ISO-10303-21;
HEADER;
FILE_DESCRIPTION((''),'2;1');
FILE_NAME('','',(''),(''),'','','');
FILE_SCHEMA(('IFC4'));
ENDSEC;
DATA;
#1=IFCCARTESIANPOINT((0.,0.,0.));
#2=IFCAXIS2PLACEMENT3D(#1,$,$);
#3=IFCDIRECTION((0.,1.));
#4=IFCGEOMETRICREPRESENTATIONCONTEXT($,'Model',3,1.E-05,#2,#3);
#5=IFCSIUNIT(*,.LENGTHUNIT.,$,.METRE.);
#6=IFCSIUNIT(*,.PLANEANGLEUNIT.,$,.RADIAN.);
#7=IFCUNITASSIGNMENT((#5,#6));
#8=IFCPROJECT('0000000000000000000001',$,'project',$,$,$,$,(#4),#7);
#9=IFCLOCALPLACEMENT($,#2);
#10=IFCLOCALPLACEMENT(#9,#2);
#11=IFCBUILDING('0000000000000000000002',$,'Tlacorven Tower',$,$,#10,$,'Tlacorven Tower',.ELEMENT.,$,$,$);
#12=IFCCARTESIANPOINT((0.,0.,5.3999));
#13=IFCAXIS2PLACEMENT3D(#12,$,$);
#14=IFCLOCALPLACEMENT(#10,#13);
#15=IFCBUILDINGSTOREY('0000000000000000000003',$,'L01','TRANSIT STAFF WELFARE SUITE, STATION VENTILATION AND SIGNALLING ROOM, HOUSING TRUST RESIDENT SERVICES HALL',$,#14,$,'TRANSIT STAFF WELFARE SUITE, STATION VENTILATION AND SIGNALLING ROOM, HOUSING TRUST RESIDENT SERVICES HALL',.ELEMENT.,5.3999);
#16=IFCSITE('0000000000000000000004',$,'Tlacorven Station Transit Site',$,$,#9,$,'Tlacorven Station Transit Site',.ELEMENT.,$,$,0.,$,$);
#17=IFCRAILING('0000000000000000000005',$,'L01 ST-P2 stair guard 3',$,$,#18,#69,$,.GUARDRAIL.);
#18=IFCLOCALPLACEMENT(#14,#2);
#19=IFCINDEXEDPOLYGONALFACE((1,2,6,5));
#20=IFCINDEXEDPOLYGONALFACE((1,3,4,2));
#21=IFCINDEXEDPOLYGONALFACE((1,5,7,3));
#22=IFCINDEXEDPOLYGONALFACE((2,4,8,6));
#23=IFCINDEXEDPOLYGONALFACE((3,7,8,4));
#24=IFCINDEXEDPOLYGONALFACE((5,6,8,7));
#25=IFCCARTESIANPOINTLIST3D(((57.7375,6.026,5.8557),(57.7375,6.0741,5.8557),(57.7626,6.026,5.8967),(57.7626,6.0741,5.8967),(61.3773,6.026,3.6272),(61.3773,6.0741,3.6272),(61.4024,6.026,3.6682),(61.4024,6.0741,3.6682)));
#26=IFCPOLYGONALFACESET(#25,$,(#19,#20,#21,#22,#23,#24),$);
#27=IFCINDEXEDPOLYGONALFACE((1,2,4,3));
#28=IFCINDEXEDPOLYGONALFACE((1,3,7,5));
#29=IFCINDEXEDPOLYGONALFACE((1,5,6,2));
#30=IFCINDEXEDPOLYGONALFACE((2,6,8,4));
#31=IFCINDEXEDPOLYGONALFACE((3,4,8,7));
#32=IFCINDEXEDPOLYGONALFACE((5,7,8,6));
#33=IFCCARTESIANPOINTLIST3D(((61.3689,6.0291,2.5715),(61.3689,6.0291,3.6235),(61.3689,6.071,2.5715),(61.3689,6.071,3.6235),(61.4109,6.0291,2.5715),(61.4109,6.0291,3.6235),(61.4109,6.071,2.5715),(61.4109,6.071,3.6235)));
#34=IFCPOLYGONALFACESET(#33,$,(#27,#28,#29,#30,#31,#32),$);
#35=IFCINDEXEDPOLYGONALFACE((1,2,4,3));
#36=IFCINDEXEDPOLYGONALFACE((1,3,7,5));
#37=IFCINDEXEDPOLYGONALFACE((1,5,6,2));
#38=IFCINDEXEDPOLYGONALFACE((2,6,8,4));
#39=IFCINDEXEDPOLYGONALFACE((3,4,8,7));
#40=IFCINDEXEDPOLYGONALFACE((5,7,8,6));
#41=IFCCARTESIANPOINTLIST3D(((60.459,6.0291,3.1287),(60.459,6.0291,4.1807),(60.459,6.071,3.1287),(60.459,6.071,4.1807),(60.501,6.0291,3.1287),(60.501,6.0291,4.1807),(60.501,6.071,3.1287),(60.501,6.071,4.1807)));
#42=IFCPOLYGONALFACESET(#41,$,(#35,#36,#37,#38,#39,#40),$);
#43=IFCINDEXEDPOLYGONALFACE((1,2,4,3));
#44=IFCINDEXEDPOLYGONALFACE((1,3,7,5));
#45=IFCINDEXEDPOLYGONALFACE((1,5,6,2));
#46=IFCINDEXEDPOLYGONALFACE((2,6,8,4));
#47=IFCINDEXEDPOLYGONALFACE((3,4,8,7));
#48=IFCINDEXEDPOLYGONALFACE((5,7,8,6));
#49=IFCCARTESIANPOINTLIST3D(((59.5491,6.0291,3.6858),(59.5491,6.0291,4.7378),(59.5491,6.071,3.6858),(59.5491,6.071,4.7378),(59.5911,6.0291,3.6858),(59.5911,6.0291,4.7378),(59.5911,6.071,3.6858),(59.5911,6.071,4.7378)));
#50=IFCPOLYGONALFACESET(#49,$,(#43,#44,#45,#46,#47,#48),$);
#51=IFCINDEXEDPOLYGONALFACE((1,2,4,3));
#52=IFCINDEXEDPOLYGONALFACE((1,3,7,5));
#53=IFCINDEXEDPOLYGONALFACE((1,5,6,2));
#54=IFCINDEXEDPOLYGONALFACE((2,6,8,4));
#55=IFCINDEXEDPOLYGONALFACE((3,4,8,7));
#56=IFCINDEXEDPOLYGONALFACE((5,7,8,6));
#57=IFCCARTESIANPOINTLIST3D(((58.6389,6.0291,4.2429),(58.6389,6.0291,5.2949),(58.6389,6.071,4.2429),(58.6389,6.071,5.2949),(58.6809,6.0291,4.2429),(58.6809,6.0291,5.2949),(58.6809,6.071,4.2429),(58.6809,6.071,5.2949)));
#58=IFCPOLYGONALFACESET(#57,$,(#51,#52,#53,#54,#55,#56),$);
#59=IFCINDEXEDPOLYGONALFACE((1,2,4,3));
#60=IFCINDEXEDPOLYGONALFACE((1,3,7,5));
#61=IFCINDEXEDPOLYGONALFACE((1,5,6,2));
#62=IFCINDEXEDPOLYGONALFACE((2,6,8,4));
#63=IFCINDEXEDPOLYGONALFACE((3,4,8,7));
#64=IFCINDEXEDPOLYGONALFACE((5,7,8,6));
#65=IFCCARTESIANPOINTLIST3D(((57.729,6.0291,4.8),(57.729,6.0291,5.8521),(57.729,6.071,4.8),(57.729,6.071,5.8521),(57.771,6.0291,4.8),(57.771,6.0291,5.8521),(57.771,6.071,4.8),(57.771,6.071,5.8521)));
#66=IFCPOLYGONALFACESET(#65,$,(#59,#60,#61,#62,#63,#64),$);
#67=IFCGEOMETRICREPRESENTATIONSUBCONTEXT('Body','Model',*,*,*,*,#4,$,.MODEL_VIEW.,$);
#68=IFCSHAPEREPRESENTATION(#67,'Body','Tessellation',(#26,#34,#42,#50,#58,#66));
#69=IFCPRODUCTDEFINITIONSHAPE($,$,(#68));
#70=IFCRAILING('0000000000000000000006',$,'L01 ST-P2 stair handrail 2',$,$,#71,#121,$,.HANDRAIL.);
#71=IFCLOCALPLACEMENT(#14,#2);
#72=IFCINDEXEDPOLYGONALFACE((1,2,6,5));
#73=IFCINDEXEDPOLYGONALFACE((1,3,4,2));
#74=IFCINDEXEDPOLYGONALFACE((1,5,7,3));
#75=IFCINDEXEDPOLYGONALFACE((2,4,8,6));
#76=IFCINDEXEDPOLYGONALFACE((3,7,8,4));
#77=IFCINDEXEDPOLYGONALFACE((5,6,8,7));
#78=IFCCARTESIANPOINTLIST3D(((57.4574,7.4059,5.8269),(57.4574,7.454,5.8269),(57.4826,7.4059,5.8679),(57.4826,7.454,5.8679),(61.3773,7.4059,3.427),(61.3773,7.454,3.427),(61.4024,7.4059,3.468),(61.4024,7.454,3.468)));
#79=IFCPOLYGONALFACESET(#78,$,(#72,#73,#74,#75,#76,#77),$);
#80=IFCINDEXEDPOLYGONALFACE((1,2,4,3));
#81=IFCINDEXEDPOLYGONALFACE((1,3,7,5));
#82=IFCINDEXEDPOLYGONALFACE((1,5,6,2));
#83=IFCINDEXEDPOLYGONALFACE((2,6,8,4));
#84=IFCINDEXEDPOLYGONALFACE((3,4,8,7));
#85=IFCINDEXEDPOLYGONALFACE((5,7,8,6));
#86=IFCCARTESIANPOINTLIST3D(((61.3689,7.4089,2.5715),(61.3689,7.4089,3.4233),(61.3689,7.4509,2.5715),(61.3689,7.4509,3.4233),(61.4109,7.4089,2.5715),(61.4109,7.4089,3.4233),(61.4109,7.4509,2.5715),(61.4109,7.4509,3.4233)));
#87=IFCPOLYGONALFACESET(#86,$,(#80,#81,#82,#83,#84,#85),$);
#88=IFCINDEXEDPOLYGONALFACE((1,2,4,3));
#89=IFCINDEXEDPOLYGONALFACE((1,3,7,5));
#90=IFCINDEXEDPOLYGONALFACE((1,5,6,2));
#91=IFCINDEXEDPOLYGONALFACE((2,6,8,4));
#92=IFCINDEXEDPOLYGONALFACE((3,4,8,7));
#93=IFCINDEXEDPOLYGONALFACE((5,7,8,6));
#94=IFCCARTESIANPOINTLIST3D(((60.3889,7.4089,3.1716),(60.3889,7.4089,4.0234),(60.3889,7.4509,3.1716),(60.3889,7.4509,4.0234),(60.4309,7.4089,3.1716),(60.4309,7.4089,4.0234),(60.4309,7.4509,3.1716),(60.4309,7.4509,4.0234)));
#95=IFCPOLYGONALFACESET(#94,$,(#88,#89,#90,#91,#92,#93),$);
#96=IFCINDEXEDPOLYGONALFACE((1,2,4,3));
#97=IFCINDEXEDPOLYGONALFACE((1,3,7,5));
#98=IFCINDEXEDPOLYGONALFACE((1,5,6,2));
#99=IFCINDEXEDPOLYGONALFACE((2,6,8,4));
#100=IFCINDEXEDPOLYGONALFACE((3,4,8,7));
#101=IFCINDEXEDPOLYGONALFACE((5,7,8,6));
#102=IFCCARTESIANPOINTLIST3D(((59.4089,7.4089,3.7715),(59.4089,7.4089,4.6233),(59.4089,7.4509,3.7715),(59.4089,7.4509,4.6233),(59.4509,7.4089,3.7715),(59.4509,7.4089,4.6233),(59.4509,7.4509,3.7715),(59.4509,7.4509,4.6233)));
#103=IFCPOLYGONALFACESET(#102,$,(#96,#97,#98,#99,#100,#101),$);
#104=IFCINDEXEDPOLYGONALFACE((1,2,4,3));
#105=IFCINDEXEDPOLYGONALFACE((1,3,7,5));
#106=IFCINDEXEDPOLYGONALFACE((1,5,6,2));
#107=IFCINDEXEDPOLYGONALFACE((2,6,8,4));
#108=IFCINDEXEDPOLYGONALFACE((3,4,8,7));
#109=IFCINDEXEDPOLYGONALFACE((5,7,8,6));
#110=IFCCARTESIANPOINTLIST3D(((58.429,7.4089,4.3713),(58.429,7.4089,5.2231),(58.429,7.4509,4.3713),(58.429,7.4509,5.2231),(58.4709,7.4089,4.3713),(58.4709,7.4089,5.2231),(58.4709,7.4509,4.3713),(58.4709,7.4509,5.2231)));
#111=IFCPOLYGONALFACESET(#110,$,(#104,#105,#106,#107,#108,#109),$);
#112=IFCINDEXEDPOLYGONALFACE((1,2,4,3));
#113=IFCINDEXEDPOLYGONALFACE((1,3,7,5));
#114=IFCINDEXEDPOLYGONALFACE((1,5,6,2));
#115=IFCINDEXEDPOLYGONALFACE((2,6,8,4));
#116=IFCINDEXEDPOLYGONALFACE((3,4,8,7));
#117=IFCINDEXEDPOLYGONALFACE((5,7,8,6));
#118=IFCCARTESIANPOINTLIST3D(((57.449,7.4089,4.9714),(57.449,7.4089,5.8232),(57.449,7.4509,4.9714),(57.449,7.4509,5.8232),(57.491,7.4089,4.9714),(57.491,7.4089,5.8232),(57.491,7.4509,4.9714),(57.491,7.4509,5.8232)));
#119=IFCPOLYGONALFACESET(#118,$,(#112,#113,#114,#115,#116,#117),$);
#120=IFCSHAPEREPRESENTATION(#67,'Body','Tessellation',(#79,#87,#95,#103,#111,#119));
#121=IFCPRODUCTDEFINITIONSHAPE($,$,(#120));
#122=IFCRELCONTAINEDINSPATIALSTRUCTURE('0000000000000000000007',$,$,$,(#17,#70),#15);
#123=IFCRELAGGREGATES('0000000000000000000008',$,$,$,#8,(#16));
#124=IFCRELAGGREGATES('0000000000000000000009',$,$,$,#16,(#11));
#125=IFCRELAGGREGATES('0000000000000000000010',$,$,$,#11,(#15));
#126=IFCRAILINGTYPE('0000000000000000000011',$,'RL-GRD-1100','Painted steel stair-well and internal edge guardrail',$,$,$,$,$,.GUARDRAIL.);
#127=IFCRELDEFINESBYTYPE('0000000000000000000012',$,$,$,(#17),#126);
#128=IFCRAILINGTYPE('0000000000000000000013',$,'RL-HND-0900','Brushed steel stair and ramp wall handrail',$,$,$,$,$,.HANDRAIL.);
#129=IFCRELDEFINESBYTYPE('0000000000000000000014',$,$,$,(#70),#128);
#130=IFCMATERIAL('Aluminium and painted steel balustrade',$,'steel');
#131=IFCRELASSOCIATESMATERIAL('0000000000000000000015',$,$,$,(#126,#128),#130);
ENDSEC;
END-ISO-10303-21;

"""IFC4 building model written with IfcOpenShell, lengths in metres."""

from ifc_helpers import new_model, si_unit, direction, frame, origin, origin_2d, place, context, subcontext, project, spatial, rectangle, extrude, source, transform, mapped, material, type_object, element, save


model = new_model("IFC4")

# Units and contexts
model_context = context("Model", 3, precision=1e-05, world=origin(), true_north=direction((0.0, 1.0)))
body_context = subcontext(model_context, "Body", "Model", "MODEL_VIEW")
ifc_project = project(units=[si_unit("LENGTHUNIT", "METRE"), si_unit("PLANEANGLEUNIT", "RADIAN")], contexts=[model_context])

# Site, building, storey
site_placement = place(None, origin())
site = spatial("IfcSite", under=ifc_project, at=site_placement, Name="Tlacorven Station Transit Site", LongName="Tlacorven Station Transit Site", CompositionType="ELEMENT", RefElevation=0.0)
building_placement = place(site_placement, origin())
building = spatial("IfcBuilding", under=site, at=building_placement, Name="Tlacorven Tower", LongName="Tlacorven Tower", CompositionType="ELEMENT")
storey_placement = place(building_placement, frame((0.0, 0.0, 5.3999)))
storey = spatial("IfcBuildingStorey", under=building, at=storey_placement, Name="L01", Description="TRANSIT STAFF WELFARE SUITE, STATION VENTILATION AND SIGNALLING ROOM, HOUSING TRUST RESIDENT SERVICES HALL", LongName="TRANSIT STAFF WELFARE SUITE, STATION VENTILATION AND SIGNALLING ROOM, HOUSING TRUST RESIDENT SERVICES HALL", CompositionType="ELEMENT", Elevation=5.3999)

# Railings
ifc_material_1 = material(Name="Aluminium and painted steel balustrade", Category="steel")
railing_type_1 = type_object("IfcRailingType", Name="RL-GRD-1100", Description="Painted steel stair-well and internal edge guardrail", PredefinedType="GUARDRAIL", material=ifc_material_1)
shared_shape_1 = source(origin(), body_context, "Body", "SweptSolid", [
    extrude(rectangle(XDim=0.0481, YDim=0.0481, at=origin_2d()), frame((0.0, 0.0, 1.0762), z_axis=(-0.85285, 0.0, 0.522156), x_axis=(0.0, -1.0, 0.0)), (0.0, 0.0, 1.0), 4.2678),
    extrude(rectangle(XDim=0.042, YDim=0.042, at=origin_2d()), origin(), (0.0, 0.0, 1.0), 1.052),
    extrude(rectangle(XDim=0.042, YDim=0.042, at=origin_2d()), frame((-0.9099, 0.0, 0.5571)), (0.0, 0.0, 1.0), 1.052),
    extrude(rectangle(XDim=0.042, YDim=0.042, at=origin_2d()), frame((-1.8198, 0.0, 1.1143)), (0.0, 0.0, 1.0), 1.052),
    extrude(rectangle(XDim=0.042, YDim=0.042, at=origin_2d()), frame((-2.73, 0.0, 1.6714)), (0.0, 0.0, 1.0), 1.052),
    extrude(rectangle(XDim=0.042, YDim=0.042, at=origin_2d()), frame((-3.6399, 0.0, 2.2285)), (0.0, 0.0, 1.0), 1.052),
])
railing_1_placement = place(storey_placement, frame((61.3899, 6.05, 2.5715)))
element("IfcRailing", 1, at=railing_1_placement, inside=storey, type_object=railing_type_1, Name="L01 ST-P2 stair guard 3", PredefinedType="GUARDRAIL", context=body_context, shape_type="MappedRepresentation", body=[
    mapped(shared_shape_1, transform((0.0, 0.0, 0.0), scale=1.0)),
])
railing_type_2 = type_object("IfcRailingType", Name="RL-HND-0900", Description="Brushed steel stair and ramp wall handrail", PredefinedType="HANDRAIL", material=ifc_material_1)
shared_shape_2 = source(origin(), body_context, "Body", "SweptSolid", [
    extrude(rectangle(XDim=0.0481, YDim=0.0481, at=origin_2d()), frame((0.0, 0.0, 0.876), z_axis=(-0.852856, 0.0, 0.522146), x_axis=(0.0, -1.0, 0.0)), (0.0, 0.0, 1.0), 4.5962),
    extrude(rectangle(XDim=0.042, YDim=0.042, at=origin_2d()), origin(), (0.0, 0.0, 1.0), 0.8518),
    extrude(rectangle(XDim=0.042, YDim=0.042, at=origin_2d()), frame((-0.98, 0.0, 0.6001)), (0.0, 0.0, 1.0), 0.8518),
    extrude(rectangle(XDim=0.042, YDim=0.042, at=origin_2d()), frame((-1.96, 0.0, 1.2)), (0.0, 0.0, 1.0), 0.8518),
    extrude(rectangle(XDim=0.042, YDim=0.042, at=origin_2d()), frame((-2.9399, 0.0, 1.7998)), (0.0, 0.0, 1.0), 0.8518),
    extrude(rectangle(XDim=0.042, YDim=0.042, at=origin_2d()), frame((-3.9199, 0.0, 2.3999)), (0.0, 0.0, 1.0), 0.8518),
])
railing_2_placement = place(storey_placement, frame((61.3899, 7.4299, 2.5715)))
element("IfcRailing", 2, at=railing_2_placement, inside=storey, type_object=railing_type_2, Name="L01 ST-P2 stair handrail 2", PredefinedType="HANDRAIL", context=body_context, shape_type="MappedRepresentation", body=[
    mapped(shared_shape_2, transform((0.0, 0.0, 0.0), scale=1.0)),
])

save(model, "model.ifc")
